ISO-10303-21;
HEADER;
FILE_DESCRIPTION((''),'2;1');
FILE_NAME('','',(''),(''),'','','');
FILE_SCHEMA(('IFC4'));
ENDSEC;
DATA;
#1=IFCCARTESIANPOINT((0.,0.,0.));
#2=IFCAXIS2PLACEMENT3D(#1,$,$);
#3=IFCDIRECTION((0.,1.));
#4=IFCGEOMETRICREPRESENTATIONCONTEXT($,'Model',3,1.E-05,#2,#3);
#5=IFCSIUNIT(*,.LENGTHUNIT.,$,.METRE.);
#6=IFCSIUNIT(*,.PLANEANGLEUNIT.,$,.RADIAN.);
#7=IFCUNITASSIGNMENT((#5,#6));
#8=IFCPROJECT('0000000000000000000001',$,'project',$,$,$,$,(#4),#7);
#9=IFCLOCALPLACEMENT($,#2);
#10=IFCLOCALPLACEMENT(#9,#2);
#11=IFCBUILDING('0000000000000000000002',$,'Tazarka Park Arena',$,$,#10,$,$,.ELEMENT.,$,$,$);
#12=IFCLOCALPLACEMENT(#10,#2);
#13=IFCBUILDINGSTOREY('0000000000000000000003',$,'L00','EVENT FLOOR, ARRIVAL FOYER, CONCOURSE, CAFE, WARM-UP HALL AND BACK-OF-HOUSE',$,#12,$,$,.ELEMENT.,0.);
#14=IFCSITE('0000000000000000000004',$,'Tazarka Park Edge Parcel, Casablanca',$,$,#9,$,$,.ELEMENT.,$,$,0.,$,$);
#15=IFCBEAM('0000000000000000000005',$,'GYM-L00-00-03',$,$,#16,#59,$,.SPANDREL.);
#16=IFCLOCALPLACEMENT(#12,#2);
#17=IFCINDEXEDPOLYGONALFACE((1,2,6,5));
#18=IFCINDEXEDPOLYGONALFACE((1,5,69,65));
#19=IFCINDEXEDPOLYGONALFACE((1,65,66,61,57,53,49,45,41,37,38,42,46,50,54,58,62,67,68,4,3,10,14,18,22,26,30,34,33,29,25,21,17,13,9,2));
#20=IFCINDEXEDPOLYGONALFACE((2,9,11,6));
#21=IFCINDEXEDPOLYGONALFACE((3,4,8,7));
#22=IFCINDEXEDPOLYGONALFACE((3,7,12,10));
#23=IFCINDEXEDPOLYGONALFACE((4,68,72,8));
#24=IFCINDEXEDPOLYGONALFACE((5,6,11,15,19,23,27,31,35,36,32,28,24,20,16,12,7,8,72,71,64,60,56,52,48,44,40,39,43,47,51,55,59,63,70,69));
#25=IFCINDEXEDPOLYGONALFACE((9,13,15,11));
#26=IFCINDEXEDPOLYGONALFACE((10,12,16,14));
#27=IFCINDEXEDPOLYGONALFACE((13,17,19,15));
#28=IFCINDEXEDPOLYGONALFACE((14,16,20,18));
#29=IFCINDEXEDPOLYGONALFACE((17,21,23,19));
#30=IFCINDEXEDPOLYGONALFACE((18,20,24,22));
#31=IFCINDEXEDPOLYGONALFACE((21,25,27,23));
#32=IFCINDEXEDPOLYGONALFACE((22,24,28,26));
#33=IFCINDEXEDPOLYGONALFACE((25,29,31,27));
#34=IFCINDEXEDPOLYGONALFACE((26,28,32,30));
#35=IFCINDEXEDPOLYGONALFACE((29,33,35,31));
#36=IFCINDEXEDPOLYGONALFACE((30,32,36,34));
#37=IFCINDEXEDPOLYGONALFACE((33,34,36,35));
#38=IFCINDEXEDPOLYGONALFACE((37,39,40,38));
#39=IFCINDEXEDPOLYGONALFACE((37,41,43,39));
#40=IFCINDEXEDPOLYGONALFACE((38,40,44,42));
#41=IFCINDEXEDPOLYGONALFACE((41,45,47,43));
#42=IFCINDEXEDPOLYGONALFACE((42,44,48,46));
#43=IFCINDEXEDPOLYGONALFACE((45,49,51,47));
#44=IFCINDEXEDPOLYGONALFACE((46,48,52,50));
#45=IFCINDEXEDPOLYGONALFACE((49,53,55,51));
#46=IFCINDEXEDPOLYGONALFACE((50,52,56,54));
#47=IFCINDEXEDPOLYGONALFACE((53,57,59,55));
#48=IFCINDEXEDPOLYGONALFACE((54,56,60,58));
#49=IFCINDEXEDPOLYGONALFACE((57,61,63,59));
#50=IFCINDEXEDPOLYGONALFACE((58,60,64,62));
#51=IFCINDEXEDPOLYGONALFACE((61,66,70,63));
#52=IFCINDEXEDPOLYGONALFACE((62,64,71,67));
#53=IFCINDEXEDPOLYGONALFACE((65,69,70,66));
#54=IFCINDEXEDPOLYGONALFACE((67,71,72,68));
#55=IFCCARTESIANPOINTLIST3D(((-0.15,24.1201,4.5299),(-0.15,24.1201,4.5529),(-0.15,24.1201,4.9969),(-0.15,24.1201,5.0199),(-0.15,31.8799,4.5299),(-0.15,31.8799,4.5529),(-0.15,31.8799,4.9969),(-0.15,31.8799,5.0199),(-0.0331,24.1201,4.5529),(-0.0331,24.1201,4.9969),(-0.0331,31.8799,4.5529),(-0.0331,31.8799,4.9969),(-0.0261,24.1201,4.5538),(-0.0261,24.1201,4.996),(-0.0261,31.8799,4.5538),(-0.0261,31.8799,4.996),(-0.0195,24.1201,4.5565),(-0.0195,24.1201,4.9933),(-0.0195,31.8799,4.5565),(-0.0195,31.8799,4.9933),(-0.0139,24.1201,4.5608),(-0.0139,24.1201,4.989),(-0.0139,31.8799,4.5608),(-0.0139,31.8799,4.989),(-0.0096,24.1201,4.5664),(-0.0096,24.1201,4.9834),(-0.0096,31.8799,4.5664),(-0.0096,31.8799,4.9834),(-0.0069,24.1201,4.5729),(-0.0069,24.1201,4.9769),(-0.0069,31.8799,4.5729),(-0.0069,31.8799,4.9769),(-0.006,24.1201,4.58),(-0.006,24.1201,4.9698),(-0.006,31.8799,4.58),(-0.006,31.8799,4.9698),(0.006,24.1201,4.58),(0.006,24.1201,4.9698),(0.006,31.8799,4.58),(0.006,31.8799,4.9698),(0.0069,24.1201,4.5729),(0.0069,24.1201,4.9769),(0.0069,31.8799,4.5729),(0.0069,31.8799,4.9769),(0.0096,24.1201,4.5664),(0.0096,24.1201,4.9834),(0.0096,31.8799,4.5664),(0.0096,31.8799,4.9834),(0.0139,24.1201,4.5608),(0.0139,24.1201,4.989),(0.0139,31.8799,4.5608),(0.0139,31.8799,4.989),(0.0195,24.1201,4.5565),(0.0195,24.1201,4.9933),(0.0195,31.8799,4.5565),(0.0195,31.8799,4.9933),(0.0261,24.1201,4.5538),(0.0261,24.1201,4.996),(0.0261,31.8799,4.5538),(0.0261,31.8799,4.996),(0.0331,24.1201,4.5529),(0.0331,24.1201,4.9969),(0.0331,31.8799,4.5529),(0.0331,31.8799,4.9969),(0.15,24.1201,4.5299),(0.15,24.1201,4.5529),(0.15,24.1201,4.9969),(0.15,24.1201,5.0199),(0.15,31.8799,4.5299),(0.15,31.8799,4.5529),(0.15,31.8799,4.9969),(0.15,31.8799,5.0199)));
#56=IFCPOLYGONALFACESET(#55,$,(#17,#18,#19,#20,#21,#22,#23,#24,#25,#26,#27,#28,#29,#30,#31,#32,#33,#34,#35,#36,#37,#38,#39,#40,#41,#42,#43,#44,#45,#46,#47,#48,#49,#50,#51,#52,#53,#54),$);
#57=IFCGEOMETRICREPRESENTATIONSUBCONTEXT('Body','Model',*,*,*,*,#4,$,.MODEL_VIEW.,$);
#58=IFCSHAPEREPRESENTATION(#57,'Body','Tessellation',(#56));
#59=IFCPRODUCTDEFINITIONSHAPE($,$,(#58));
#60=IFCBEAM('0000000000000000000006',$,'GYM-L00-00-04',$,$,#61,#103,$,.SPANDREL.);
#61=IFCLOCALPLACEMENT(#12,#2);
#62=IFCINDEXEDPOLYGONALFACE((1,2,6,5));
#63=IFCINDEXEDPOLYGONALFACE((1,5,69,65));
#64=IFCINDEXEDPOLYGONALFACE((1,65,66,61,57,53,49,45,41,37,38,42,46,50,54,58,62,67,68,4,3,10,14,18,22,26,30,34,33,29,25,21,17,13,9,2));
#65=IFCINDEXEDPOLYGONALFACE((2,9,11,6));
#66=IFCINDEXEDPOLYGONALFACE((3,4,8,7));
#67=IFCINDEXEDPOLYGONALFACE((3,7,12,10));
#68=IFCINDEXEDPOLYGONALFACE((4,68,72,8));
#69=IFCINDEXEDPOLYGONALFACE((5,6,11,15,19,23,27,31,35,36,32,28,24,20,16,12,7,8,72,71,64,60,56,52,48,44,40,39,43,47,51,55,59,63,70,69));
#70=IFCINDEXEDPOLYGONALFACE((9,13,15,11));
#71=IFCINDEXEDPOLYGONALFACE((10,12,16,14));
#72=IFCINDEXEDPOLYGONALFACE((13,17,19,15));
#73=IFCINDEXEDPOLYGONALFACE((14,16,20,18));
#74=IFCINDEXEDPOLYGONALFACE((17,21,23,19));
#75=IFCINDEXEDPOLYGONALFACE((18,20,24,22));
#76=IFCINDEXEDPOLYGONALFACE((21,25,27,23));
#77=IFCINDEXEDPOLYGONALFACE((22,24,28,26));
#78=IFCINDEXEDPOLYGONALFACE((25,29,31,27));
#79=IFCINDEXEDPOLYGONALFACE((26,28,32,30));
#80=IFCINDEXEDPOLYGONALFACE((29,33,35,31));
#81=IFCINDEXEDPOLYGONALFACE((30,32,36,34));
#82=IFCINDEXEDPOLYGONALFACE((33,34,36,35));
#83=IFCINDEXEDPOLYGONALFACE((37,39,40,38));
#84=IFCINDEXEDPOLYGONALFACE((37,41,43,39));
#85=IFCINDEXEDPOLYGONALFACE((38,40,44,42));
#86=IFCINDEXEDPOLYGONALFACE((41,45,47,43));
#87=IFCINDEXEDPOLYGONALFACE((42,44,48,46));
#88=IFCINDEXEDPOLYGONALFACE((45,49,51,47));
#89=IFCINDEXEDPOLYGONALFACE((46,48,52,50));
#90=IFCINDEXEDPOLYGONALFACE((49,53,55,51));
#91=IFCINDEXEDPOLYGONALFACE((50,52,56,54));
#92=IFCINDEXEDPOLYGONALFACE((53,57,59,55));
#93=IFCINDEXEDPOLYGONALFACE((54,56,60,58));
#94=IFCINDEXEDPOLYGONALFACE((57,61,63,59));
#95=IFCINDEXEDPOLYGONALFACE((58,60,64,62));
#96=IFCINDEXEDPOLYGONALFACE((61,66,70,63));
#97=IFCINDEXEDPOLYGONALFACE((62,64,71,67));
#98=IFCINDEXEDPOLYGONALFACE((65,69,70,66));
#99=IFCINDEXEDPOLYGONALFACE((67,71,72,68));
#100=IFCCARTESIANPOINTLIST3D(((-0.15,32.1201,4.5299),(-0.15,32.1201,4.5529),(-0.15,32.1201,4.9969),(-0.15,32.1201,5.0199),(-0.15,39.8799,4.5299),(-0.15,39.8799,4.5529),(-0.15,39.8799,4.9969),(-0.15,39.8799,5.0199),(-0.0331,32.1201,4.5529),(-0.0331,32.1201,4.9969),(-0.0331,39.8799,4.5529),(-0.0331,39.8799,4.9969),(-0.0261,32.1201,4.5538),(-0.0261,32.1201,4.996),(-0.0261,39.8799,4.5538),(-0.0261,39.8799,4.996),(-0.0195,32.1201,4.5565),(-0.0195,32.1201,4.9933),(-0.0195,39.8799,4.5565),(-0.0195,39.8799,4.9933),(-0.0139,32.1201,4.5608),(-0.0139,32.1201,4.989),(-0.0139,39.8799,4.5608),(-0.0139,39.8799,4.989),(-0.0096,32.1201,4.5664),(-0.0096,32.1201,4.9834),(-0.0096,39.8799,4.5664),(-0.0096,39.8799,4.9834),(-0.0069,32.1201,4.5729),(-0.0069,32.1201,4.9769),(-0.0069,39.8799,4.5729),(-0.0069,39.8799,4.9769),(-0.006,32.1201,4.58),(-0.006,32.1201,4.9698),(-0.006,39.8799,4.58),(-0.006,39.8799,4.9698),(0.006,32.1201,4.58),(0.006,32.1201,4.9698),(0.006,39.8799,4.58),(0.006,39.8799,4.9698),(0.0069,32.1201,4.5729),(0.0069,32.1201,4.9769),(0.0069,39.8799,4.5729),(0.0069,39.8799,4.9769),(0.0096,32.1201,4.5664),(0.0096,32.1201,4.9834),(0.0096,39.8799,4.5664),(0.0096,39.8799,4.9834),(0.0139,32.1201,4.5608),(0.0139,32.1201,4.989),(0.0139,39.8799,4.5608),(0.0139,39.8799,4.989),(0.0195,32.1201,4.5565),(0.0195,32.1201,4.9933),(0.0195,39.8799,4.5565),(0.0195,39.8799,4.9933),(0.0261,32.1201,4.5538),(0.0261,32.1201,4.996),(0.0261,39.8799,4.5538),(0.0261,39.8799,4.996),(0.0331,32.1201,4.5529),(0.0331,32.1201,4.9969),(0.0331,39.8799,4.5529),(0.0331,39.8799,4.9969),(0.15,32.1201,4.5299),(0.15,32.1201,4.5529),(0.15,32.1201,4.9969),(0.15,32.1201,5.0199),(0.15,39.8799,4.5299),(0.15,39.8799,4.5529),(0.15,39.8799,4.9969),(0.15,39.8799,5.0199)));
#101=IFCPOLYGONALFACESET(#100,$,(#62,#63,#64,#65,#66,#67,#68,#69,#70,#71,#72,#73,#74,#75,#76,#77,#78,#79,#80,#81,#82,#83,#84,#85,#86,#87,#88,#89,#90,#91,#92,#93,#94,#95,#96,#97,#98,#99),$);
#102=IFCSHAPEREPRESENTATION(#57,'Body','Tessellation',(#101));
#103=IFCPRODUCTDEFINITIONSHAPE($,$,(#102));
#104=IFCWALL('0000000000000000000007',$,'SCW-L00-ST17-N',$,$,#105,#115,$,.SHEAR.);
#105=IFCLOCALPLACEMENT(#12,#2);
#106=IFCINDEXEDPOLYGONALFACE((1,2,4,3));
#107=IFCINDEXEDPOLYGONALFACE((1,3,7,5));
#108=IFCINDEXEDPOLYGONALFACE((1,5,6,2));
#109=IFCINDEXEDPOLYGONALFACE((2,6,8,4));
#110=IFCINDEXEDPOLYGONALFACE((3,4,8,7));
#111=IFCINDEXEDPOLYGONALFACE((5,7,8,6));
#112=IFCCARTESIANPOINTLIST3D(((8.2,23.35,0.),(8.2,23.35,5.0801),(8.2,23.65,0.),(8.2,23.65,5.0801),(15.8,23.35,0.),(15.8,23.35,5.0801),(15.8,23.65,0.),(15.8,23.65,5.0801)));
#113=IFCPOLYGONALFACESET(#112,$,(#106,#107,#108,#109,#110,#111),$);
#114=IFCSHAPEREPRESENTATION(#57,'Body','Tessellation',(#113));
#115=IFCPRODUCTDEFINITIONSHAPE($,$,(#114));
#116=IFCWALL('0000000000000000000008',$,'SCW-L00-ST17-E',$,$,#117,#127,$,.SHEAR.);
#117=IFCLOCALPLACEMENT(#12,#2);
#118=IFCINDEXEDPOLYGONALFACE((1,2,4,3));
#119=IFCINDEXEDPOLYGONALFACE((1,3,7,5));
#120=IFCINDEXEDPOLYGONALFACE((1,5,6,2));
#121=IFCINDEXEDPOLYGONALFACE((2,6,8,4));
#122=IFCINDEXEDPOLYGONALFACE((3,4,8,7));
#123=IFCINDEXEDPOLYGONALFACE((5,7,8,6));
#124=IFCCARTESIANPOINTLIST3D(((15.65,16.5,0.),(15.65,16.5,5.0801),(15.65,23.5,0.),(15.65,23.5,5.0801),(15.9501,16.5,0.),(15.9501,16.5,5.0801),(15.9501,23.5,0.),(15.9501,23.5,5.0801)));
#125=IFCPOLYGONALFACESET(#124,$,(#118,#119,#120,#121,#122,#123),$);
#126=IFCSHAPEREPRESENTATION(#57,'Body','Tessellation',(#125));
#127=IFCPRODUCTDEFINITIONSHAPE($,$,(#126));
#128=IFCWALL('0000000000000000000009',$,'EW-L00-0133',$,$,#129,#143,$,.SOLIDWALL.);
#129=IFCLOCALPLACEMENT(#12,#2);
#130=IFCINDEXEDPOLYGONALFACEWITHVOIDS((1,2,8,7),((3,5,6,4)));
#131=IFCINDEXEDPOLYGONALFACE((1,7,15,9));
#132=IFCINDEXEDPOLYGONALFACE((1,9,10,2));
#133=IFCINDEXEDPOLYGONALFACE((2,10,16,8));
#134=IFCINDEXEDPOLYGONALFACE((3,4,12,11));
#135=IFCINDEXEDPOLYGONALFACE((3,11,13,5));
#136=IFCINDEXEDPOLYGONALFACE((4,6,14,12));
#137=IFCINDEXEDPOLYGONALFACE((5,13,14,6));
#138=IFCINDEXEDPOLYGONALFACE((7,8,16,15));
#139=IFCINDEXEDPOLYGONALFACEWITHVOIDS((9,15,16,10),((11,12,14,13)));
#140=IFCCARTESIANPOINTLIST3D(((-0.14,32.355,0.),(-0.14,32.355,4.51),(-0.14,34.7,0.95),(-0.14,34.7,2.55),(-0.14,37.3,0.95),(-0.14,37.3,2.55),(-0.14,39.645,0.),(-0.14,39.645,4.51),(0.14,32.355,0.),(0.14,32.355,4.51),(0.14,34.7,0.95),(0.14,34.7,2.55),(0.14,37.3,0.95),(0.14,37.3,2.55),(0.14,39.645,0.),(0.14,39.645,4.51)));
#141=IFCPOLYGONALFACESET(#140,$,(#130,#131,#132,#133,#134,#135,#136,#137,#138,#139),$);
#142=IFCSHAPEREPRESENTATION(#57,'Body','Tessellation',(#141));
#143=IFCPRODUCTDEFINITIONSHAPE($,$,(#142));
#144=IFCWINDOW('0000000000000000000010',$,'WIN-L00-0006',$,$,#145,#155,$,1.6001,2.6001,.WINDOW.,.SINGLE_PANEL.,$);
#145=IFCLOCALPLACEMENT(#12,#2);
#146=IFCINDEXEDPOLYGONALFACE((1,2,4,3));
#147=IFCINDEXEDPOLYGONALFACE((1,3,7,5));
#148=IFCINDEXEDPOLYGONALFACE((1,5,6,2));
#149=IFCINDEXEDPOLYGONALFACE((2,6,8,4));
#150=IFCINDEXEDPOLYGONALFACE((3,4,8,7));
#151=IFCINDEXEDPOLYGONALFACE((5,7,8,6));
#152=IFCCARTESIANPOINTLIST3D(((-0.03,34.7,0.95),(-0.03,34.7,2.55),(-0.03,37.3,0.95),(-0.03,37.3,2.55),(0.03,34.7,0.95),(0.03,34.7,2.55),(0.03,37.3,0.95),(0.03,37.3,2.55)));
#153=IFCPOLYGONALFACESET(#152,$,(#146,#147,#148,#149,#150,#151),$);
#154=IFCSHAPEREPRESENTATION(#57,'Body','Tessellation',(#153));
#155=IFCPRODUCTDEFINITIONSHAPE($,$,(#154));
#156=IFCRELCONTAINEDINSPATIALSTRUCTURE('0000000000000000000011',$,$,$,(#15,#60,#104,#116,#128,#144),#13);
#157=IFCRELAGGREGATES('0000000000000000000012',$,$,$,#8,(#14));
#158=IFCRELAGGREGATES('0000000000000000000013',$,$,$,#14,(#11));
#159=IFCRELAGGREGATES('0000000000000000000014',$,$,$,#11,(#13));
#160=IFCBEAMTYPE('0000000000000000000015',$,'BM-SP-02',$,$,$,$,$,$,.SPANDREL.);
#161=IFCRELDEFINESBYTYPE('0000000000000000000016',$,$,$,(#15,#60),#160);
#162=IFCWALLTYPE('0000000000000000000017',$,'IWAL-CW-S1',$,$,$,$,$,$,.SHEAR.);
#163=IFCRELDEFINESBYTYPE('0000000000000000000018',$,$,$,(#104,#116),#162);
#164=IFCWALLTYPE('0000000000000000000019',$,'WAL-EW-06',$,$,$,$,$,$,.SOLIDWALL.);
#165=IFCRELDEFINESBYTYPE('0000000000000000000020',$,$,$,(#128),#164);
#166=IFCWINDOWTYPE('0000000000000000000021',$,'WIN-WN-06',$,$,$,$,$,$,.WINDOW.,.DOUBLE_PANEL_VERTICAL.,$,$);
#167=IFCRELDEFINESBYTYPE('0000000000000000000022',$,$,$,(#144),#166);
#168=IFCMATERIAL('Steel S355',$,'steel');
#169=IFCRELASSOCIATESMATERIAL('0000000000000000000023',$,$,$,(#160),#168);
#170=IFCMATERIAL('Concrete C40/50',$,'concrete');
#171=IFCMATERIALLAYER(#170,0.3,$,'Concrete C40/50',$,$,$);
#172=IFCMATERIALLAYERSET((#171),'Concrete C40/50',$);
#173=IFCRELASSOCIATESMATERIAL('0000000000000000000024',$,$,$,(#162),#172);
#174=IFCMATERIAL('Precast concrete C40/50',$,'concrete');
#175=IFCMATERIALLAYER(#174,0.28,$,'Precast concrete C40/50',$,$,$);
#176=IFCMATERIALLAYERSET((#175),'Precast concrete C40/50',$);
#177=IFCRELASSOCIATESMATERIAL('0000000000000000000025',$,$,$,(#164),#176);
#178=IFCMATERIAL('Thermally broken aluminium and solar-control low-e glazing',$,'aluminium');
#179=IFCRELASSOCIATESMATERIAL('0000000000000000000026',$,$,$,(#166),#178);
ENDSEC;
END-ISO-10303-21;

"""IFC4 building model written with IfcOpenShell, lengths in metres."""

from ifc_helpers import new_model, si_unit, direction, frame, frame_2d, origin, origin_2d, place, context, subcontext, project, spatial, rectangle, i_section, extrude, material, layer, layer_set, material_profile, profile_set, type_object, element, fill, save


model = new_model("IFC4")

# Units and contexts
model_context = context("Model", 3, precision=1e-05, world=origin(), true_north=direction((0.0, 1.0)))
body_context = subcontext(model_context, "Body", "Model", "MODEL_VIEW")
ifc_project = project(units=[si_unit("LENGTHUNIT", "METRE"), si_unit("PLANEANGLEUNIT", "RADIAN")], contexts=[model_context])

# Site, building, storey
site_placement = place(None, origin())
site = spatial("IfcSite", under=ifc_project, at=site_placement, Name="Tazarka Park Edge Parcel, Casablanca", CompositionType="ELEMENT", RefElevation=0.0)
building_placement = place(site_placement, origin())
building = spatial("IfcBuilding", under=site, at=building_placement, Name="Tazarka Park Arena", CompositionType="ELEMENT")
storey_placement = place(building_placement, origin())
storey = spatial("IfcBuildingStorey", under=building, at=storey_placement, Name="L00", Description="EVENT FLOOR, ARRIVAL FOYER, CONCOURSE, CAFE, WARM-UP HALL AND BACK-OF-HOUSE", CompositionType="ELEMENT", Elevation=0.0)

# Beams
ifc_material_1 = material(Name="Steel S355", Category="steel")
ifc_material_profile_1 = material_profile(ifc_material_1, i_section(OverallWidth=0.3, OverallDepth=0.49, WebThickness=0.012, FlangeThickness=0.0229, FilletRadius=0.0271, at=origin_2d()), Name="Steel S355")
ifc_profile_set_1 = profile_set([ifc_material_profile_1], Name="Steel S355")
beam_type_1 = type_object("IfcBeamType", Name="BM-SP-02", PredefinedType="SPANDREL", material=ifc_profile_set_1)
for number, where, z_axis, x_axis, name in (
    (1, (0.0, 24.1201, 4.7749), (0.0, 1.0, 0.0), (-1.0, 0.0, 0.0), "GYM-L00-00-03"),
    (2, (0.0, 32.1201, 4.7749), (0.0, 1.0, 0.0), (-1.0, 0.0, 0.0), "GYM-L00-00-04"),
):
    element("IfcBeam", number, at=place(storey_placement, frame(where, z_axis=z_axis, x_axis=x_axis)), inside=storey, type_object=beam_type_1, Name=name, PredefinedType="SPANDREL", context=body_context, shape_type="SweptSolid", body=[
        extrude(i_section(OverallWidth=0.3, OverallDepth=0.49, WebThickness=0.012, FlangeThickness=0.0229, FilletRadius=0.0271, at=origin_2d()), origin(), (0.0, 0.0, 1.0), 7.7598),
    ])

# Walls
ifc_material_2 = material(Name="Concrete C40/50", Category="concrete")
ifc_layer_1 = layer(ifc_material_2, 0.3, Name="Concrete C40/50")
ifc_layer_set_1 = layer_set([ifc_layer_1], Name="Concrete C40/50")
wall_type_1 = type_object("IfcWallType", Name="IWAL-CW-S1", PredefinedType="SHEAR", material=ifc_layer_set_1)
wall_1_placement = place(storey_placement, frame((8.2, 23.5, 0.0), z_axis=(0.0, 0.0, 1.0), x_axis=(1.0, 0.0, 0.0)))
element("IfcWall", 3, at=wall_1_placement, inside=storey, type_object=wall_type_1, Name="SCW-L00-ST17-N", PredefinedType="SHEAR", context=body_context, shape_type="SweptSolid", body=[
    extrude(rectangle(XDim=7.6001, YDim=0.3, at=frame_2d((3.8, 0.0))), origin(), (0.0, 0.0, 1.0), 5.0801),
])
wall_2_placement = place(storey_placement, frame((15.8, 23.5, 0.0), z_axis=(0.0, 0.0, 1.0), x_axis=(0.0, -1.0, 0.0)))
element("IfcWall", 4, at=wall_2_placement, inside=storey, type_object=wall_type_1, Name="SCW-L00-ST17-E", PredefinedType="SHEAR", context=body_context, shape_type="SweptSolid", body=[
    extrude(rectangle(XDim=7.0, YDim=0.3, at=frame_2d((3.5, 0.0))), origin(), (0.0, 0.0, 1.0), 5.0801),
])

# Wall, opening, window
ifc_material_3 = material(Name="Precast concrete C40/50", Category="concrete")
ifc_layer_2 = layer(ifc_material_3, 0.28, Name="Precast concrete C40/50")
ifc_layer_set_2 = layer_set([ifc_layer_2], Name="Precast concrete C40/50")
wall_type_2 = type_object("IfcWallType", Name="WAL-EW-06", PredefinedType="SOLIDWALL", material=ifc_layer_set_2)
wall_3_placement = place(storey_placement, frame((0.0, 32.355, 0.0), z_axis=(0.0, 0.0, 1.0), x_axis=(0.0, 1.0, 0.0)))
wall_3 = element("IfcWall", 5, at=wall_3_placement, inside=storey, type_object=wall_type_2, Name="EW-L00-0133", PredefinedType="SOLIDWALL", context=body_context, shape_type="SweptSolid", body=[
    extrude(rectangle(XDim=7.29, YDim=0.28, at=frame_2d((3.645, 0.0))), origin(), (0.0, 0.0, 1.0), 4.51),
])
opening_1_placement = place(wall_3_placement, frame((2.345, 0.0, 0.95)))
opening_1 = element("IfcOpeningElement", 6, at=opening_1_placement, cuts=wall_3, PredefinedType="OPENING", context=body_context, shape_type="SweptSolid", body=[
    extrude(rectangle(XDim=2.6001, YDim=1.6001, at=frame_2d((1.3, 0.8))), frame((0.0, 0.1499, 0.0), z_axis=(0.0, -1.0, 0.0), x_axis=(1.0, 0.0, 0.0)), (0.0, 0.0, 1.0), 0.3),
])
ifc_material_4 = material(Name="Thermally broken aluminium and solar-control low-e glazing", Category="aluminium")
window_type_1 = type_object("IfcWindowType", Name="WIN-WN-06", PartitioningType="DOUBLE_PANEL_VERTICAL", PredefinedType="WINDOW", material=ifc_material_4)
window_1_placement = place(opening_1_placement, origin())
window_1 = element("IfcWindow", 7, at=window_1_placement, inside=storey, type_object=window_type_1, Name="WIN-L00-0006", OverallHeight=1.6001, OverallWidth=2.6001, PartitioningType="SINGLE_PANEL", PredefinedType="WINDOW", context=body_context, shape_type="SweptSolid", body=[
    extrude(rectangle(XDim=2.6001, YDim=1.6001, at=frame_2d((1.3, 0.8))), frame((0.0, 0.03, 0.0), z_axis=(0.0, -1.0, 0.0), x_axis=(1.0, 0.0, 0.0)), (0.0, 0.0, 1.0), 0.0601),
])
fill(opening_1, window_1)

save(model, "model.ifc")
